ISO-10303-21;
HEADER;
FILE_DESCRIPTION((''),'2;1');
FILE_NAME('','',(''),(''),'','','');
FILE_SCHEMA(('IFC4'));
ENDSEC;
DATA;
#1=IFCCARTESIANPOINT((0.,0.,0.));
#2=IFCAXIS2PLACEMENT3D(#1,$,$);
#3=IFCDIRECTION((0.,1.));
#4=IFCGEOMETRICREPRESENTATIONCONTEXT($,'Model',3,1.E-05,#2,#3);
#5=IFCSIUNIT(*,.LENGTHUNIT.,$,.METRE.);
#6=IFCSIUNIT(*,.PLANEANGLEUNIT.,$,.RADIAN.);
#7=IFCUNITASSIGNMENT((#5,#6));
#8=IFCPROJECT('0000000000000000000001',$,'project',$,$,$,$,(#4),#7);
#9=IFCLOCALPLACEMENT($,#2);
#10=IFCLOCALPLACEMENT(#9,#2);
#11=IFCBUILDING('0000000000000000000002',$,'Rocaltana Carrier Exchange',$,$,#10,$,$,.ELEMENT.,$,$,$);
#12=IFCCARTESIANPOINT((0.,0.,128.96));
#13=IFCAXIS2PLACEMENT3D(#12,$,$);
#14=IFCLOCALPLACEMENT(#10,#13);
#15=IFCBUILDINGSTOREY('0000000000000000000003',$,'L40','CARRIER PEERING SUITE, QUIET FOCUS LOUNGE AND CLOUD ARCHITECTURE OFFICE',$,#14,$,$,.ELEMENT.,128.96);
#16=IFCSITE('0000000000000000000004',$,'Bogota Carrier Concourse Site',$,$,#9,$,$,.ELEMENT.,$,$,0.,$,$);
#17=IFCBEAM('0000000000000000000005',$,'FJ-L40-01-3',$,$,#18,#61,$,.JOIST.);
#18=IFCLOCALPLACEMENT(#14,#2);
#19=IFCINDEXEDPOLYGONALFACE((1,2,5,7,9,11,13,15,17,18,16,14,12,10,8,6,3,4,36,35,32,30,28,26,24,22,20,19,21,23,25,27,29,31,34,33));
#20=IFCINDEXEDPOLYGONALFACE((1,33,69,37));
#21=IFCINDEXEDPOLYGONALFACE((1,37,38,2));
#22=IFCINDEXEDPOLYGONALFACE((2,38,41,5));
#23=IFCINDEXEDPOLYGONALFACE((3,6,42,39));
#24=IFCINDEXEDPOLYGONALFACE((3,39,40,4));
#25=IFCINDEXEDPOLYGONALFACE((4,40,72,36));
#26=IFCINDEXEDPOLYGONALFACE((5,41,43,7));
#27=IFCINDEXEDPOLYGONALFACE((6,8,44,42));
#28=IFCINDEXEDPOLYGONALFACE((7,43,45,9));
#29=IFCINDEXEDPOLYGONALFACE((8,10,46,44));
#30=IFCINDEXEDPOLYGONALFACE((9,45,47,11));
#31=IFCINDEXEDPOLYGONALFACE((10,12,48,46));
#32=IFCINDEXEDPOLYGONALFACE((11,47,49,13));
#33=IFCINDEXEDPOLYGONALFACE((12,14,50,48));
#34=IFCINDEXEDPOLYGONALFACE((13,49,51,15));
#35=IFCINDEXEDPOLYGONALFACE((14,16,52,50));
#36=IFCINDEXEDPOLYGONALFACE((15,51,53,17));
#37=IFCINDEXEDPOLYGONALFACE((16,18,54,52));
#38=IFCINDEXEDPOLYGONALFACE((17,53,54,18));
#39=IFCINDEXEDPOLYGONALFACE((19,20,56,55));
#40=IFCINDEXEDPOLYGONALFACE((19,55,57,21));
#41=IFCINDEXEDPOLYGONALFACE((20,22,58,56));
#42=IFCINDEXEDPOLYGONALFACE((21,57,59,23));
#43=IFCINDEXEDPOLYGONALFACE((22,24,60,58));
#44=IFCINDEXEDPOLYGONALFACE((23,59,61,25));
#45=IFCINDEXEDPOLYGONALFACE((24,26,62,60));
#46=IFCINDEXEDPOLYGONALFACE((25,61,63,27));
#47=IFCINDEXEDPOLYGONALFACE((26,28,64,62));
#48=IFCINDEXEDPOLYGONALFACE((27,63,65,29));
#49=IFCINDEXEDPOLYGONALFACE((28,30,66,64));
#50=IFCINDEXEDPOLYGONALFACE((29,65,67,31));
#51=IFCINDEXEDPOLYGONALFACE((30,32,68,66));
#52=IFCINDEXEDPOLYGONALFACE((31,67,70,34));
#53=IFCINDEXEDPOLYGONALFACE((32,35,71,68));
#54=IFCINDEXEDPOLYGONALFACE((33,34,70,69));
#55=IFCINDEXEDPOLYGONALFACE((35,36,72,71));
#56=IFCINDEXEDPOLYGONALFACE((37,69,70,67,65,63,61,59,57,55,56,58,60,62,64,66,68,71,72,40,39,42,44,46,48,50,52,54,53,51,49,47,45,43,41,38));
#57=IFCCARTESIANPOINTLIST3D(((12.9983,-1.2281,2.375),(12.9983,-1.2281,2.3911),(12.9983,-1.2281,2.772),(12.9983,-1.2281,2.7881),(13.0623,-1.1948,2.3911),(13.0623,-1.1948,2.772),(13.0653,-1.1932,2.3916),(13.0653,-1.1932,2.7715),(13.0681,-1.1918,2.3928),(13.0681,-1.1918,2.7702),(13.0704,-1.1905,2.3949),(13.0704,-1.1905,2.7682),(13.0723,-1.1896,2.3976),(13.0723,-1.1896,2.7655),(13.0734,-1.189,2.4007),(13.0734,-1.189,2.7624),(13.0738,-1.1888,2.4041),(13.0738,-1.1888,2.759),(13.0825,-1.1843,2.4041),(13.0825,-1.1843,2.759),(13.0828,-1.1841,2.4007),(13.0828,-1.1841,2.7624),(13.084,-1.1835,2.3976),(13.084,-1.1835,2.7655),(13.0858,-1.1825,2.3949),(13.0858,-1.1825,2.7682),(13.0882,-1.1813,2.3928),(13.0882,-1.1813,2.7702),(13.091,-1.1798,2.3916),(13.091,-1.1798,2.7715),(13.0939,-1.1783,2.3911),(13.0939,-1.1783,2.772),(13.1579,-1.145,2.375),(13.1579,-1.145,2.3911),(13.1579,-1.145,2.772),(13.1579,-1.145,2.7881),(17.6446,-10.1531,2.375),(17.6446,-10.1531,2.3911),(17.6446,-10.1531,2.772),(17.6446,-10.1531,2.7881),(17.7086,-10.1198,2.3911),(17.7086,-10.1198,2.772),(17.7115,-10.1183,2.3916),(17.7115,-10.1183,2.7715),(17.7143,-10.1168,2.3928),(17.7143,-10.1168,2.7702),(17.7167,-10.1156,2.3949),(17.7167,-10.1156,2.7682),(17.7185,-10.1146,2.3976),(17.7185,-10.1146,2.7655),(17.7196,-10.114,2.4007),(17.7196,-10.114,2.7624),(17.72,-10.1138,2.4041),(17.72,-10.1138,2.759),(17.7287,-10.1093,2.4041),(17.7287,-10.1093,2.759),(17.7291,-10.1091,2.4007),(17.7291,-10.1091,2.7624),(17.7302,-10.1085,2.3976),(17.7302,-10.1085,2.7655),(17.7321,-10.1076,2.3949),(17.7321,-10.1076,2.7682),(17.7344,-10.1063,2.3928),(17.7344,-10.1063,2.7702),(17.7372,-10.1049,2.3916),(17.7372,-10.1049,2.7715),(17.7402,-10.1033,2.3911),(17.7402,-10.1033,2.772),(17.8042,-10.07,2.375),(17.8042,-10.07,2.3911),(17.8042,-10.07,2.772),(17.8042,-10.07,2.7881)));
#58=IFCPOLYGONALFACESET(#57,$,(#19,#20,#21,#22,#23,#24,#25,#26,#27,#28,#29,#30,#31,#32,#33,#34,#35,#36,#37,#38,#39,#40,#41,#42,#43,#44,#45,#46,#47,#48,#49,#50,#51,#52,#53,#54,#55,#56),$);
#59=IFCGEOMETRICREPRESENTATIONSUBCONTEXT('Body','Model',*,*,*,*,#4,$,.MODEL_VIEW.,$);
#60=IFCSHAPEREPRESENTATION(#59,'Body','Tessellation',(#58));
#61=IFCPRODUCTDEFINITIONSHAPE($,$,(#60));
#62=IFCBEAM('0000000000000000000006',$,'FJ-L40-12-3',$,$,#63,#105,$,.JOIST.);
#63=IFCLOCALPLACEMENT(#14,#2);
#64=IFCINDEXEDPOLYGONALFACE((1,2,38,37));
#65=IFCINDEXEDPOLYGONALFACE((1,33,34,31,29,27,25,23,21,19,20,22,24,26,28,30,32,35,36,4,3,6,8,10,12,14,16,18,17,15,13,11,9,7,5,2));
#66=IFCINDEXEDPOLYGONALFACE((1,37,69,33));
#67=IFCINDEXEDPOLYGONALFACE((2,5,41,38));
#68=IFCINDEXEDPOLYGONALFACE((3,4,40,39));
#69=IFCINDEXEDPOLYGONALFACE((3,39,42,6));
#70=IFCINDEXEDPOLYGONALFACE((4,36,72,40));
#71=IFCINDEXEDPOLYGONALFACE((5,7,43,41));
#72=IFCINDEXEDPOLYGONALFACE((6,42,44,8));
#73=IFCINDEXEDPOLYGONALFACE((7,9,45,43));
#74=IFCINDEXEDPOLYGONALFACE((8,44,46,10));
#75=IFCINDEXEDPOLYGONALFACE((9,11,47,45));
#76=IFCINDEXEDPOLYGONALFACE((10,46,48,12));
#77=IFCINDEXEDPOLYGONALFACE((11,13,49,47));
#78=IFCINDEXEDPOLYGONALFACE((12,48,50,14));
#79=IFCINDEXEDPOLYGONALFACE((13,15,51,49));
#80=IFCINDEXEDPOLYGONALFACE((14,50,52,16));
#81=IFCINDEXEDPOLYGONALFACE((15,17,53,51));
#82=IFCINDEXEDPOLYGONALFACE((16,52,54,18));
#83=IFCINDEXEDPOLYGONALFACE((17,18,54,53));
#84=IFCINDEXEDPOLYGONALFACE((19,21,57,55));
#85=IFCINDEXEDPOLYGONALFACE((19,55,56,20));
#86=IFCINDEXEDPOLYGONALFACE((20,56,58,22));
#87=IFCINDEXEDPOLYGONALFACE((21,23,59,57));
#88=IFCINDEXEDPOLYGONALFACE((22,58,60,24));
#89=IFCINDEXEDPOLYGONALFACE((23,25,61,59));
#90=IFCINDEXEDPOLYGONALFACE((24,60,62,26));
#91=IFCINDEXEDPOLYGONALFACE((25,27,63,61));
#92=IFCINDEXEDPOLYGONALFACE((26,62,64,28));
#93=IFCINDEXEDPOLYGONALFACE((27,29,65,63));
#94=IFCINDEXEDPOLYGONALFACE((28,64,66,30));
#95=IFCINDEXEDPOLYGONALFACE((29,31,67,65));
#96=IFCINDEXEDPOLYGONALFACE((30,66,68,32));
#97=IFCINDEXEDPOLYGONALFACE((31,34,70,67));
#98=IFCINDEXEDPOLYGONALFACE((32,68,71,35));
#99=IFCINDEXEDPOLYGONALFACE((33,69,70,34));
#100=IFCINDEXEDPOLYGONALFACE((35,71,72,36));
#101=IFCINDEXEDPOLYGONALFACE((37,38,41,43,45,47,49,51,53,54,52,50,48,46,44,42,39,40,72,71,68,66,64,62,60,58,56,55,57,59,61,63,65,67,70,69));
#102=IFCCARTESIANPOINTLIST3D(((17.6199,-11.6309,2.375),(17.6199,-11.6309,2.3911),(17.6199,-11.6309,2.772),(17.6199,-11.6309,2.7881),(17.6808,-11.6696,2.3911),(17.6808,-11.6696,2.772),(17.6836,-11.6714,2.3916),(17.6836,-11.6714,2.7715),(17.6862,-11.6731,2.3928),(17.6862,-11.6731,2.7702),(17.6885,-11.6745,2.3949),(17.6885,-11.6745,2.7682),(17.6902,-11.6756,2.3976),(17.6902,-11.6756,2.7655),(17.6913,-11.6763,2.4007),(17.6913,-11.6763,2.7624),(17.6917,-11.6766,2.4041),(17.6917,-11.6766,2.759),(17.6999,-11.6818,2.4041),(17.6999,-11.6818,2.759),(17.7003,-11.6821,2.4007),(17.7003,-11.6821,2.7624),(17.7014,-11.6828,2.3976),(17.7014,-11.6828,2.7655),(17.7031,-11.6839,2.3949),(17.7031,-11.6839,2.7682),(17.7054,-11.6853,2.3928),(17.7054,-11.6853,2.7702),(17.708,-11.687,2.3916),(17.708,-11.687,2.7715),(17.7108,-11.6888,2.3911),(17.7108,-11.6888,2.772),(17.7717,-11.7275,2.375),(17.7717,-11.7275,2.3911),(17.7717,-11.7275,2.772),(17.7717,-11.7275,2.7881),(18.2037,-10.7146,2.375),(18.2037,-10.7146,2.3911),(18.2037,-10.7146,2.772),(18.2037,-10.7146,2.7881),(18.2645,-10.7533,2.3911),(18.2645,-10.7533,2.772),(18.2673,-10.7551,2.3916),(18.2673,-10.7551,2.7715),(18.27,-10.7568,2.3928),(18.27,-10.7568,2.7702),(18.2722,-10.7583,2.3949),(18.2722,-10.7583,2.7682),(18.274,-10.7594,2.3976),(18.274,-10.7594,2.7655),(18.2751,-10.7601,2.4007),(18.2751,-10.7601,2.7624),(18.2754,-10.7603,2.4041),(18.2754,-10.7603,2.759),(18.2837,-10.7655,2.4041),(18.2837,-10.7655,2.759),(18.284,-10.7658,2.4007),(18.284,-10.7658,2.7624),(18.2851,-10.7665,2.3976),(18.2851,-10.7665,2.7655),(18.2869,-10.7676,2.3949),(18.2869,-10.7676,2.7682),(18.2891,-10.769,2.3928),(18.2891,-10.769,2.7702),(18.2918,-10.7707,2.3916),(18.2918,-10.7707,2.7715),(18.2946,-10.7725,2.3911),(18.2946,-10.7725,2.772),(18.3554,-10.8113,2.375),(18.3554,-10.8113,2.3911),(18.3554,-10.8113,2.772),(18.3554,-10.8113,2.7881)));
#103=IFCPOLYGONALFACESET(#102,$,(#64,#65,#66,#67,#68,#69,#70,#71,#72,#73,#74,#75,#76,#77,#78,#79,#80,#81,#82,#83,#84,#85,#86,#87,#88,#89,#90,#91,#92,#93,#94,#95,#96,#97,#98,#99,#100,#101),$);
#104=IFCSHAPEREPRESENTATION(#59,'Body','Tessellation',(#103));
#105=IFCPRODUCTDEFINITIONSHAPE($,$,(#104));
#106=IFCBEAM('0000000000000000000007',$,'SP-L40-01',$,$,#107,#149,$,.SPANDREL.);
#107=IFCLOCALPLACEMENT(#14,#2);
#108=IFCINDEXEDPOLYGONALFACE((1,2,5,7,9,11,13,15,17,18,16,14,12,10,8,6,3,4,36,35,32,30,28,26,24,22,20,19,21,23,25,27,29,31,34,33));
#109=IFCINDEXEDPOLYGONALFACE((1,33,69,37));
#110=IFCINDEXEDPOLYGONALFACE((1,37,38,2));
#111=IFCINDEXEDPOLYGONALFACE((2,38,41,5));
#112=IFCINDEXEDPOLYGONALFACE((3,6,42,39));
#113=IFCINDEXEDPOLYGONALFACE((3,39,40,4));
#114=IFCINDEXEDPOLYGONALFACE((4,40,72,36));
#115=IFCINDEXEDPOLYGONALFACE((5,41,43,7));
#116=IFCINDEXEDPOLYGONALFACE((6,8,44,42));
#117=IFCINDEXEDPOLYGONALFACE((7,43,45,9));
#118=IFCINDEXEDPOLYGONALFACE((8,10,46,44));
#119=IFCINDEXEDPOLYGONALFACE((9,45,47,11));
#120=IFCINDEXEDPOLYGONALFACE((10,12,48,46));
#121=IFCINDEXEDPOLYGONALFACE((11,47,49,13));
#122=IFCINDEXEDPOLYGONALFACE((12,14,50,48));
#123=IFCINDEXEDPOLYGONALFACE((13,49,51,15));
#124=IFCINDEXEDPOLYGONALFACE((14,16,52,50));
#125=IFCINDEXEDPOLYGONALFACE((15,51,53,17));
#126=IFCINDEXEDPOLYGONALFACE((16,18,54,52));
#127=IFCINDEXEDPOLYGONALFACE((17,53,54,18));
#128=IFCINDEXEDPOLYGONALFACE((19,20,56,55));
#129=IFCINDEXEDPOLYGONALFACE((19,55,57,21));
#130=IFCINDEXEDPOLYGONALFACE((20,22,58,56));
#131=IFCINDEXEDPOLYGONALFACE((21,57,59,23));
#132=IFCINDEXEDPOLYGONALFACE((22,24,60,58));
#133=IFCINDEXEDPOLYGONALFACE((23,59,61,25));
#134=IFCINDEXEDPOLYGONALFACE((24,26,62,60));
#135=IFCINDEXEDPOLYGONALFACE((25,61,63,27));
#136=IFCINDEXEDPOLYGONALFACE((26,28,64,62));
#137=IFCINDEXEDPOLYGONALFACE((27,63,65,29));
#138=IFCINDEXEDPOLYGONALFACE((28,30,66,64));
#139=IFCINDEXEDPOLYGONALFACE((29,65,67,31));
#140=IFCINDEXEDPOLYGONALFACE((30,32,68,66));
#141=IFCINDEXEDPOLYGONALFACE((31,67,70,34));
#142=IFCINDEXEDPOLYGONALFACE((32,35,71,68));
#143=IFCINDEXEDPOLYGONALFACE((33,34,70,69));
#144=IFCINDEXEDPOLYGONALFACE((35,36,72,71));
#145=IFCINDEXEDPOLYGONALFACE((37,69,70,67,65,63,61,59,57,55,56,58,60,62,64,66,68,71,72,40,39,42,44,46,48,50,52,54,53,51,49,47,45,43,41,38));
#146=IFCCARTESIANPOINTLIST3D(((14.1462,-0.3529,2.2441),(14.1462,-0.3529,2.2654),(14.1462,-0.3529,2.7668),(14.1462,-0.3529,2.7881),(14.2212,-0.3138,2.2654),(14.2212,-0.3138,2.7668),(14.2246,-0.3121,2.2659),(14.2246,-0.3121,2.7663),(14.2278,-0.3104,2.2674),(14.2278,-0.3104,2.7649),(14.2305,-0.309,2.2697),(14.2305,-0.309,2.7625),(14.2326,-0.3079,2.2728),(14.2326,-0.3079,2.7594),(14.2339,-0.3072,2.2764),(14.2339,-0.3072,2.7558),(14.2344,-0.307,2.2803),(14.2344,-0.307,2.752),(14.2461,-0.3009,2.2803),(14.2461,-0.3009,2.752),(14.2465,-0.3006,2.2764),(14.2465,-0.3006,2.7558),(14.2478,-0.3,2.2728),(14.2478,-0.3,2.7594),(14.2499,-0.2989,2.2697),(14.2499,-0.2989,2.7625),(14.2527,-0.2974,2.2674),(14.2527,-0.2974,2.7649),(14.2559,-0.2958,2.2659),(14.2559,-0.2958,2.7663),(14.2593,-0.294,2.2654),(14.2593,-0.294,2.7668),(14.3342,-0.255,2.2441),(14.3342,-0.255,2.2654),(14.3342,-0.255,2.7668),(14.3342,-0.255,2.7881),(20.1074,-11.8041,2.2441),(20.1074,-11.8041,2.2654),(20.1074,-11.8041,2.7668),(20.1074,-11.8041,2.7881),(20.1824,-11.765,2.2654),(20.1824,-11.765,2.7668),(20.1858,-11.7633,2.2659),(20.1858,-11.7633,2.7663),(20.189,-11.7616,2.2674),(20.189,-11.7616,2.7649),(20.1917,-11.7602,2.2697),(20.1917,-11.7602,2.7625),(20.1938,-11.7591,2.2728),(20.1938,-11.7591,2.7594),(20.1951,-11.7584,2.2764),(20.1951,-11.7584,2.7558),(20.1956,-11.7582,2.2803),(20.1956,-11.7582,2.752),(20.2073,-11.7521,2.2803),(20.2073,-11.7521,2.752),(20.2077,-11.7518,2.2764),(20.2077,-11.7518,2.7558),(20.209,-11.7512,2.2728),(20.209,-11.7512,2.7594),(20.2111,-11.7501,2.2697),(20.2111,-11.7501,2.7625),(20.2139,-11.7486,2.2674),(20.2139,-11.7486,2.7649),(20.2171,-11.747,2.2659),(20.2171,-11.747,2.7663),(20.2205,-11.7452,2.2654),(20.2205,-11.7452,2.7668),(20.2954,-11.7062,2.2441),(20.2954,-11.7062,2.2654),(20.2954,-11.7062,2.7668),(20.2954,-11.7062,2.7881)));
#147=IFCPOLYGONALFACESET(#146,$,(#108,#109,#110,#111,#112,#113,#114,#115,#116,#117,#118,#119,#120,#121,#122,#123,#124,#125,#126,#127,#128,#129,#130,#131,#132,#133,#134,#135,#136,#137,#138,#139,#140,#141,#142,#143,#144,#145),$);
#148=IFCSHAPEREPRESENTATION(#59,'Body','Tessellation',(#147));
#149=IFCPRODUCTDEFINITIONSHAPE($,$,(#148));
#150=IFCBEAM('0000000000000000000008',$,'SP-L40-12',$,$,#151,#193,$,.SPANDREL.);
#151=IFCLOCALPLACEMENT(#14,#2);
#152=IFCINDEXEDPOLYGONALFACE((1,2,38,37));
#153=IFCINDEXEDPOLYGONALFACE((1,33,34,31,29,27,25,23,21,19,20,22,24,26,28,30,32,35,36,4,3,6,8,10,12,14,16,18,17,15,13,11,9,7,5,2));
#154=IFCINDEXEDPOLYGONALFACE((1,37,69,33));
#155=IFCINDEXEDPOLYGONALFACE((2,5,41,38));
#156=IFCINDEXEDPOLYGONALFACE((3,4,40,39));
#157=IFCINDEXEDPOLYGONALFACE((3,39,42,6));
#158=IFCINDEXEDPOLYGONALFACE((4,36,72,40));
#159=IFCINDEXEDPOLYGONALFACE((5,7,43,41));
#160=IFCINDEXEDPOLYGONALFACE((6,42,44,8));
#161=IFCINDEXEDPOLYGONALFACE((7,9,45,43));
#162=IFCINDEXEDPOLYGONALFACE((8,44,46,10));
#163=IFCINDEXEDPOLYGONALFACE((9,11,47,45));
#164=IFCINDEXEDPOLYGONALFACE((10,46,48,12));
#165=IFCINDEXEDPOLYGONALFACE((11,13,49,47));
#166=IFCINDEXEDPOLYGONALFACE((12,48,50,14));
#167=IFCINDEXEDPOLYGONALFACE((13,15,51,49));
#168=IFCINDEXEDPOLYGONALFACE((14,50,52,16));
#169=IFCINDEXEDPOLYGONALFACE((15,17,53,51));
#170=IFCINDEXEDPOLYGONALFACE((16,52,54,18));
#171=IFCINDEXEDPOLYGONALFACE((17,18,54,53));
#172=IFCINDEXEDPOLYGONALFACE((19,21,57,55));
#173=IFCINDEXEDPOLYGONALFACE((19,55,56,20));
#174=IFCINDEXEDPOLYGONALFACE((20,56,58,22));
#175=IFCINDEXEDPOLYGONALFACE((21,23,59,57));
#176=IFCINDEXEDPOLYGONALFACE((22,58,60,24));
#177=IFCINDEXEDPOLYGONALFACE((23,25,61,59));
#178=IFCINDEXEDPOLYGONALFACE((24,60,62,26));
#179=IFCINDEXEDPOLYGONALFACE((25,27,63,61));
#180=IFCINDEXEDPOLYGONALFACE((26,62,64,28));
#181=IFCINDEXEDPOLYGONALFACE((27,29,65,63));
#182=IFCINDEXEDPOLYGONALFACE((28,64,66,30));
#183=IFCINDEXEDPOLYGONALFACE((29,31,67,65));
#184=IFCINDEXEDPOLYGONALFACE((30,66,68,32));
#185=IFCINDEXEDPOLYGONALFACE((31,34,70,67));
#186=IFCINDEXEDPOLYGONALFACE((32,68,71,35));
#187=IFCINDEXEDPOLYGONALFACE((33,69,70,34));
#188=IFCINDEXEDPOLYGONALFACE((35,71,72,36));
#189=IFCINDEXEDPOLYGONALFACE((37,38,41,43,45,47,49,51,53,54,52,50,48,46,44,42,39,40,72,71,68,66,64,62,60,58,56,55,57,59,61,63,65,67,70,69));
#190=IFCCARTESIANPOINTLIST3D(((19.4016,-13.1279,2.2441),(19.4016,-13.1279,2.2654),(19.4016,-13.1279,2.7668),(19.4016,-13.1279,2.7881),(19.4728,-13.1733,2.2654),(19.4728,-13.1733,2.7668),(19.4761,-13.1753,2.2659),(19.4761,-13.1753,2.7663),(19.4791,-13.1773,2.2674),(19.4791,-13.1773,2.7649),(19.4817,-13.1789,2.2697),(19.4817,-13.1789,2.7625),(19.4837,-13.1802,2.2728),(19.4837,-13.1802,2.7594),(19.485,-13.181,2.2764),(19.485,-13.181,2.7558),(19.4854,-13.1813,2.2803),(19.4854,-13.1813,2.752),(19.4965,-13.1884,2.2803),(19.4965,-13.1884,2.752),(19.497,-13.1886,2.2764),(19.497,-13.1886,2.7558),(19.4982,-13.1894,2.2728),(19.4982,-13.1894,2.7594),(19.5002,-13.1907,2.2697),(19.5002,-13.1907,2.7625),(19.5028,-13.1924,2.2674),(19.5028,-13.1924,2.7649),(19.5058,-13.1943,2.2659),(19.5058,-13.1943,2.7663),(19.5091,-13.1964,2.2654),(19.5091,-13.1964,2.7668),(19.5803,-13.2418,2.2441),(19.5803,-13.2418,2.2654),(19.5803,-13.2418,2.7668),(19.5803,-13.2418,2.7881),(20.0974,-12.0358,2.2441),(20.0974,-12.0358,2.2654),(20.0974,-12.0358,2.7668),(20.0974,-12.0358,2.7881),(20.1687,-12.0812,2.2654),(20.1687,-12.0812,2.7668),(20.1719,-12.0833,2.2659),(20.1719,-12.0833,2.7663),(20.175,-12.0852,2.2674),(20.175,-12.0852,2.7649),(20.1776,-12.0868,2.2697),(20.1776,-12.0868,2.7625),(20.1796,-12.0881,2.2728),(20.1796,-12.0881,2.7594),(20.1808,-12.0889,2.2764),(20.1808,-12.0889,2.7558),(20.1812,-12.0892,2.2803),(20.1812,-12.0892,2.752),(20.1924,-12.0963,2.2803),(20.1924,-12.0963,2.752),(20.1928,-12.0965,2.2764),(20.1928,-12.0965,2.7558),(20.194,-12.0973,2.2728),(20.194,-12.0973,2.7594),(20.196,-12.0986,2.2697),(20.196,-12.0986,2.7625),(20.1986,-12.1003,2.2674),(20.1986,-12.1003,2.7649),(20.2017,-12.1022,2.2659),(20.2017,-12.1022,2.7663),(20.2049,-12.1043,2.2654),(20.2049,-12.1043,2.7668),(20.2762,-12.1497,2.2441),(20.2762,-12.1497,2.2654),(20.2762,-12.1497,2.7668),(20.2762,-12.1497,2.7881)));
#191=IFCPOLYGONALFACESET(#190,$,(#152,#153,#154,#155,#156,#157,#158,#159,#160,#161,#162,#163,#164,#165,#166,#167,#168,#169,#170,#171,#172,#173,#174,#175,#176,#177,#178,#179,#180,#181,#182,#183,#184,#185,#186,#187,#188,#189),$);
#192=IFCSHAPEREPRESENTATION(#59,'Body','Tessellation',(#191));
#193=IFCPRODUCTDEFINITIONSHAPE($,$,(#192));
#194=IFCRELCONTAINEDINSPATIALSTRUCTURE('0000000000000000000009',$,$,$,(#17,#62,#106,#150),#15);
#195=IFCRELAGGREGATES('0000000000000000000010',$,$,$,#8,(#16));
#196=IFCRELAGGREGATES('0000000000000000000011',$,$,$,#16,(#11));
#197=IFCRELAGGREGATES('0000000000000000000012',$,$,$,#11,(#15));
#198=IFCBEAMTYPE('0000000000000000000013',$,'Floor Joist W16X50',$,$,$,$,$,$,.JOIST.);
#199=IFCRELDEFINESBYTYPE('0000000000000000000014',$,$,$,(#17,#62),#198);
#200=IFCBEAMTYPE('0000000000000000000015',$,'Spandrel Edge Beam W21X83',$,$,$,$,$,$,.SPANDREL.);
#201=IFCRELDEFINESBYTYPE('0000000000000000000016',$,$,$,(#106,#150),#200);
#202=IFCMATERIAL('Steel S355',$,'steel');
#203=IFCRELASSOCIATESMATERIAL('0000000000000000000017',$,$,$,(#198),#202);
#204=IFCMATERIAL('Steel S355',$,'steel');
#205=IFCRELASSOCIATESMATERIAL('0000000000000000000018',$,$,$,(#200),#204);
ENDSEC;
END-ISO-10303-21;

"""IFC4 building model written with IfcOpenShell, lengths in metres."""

from ifc_helpers import new_model, si_unit, direction, frame, origin, origin_2d, place, context, subcontext, project, spatial, i_section, extrude, material, material_profile, profile_set, type_object, element, save


model = new_model("IFC4")

# Units and contexts
model_context = context("Model", 3, precision=1e-05, world=origin(), true_north=direction((0.0, 1.0)))
body_context = subcontext(model_context, "Body", "Model", "MODEL_VIEW")
ifc_project = project(units=[si_unit("LENGTHUNIT", "METRE"), si_unit("PLANEANGLEUNIT", "RADIAN")], contexts=[model_context])

# Site, building, storey
site_placement = place(None, origin())
site = spatial("IfcSite", under=ifc_project, at=site_placement, Name="Bogota Carrier Concourse Site", CompositionType="ELEMENT", RefElevation=0.0)
building_placement = place(site_placement, origin())
building = spatial("IfcBuilding", under=site, at=building_placement, Name="Rocaltana Carrier Exchange", CompositionType="ELEMENT")
storey_placement = place(building_placement, frame((0.0, 0.0, 128.96)))
storey = spatial("IfcBuildingStorey", under=building, at=storey_placement, Name="L40", Description="CARRIER PEERING SUITE, QUIET FOCUS LOUNGE AND CLOUD ARCHITECTURE OFFICE", CompositionType="ELEMENT", Elevation=128.96)

# Beams
ifc_material_1 = material(Name="Steel S355", Category="steel")
ifc_material_profile_1 = material_profile(ifc_material_1, i_section(OverallWidth=0.1799, OverallDepth=0.4131, WebThickness=0.0098, FlangeThickness=0.0161, FilletRadius=0.0129, at=origin_2d()), Name="W16X50")
ifc_profile_set_1 = profile_set([ifc_material_profile_1], Name="Steel S355")
beam_type_1 = type_object("IfcBeamType", Name="Floor Joist W16X50", PredefinedType="JOIST", material=ifc_profile_set_1)
beam_1_placement = place(storey_placement, frame((17.7244, -10.1116, 2.5815), z_axis=(-0.461761, 0.887005, 0.0), x_axis=(-0.887005, -0.461761, 0.0)))
element("IfcBeam", 1, at=beam_1_placement, inside=storey, type_object=beam_type_1, Name="FJ-L40-01-3", PredefinedType="JOIST", context=body_context, shape_type="SweptSolid", body=[
    extrude(i_section(OverallWidth=0.1799, OverallDepth=0.4131, WebThickness=0.0098, FlangeThickness=0.0161, FilletRadius=0.0129, at=origin_2d()), origin(), (0.0, 0.0, 1.0), 10.062),
])
beam_2_placement = place(storey_placement, frame((17.6958, -11.6792, 2.5815), z_axis=(0.537312, 0.843384, 0.0), x_axis=(-0.843384, 0.537312, 0.0)))
element("IfcBeam", 2, at=beam_2_placement, inside=storey, type_object=beam_type_1, Name="FJ-L40-12-3", PredefinedType="JOIST", context=body_context, shape_type="SweptSolid", body=[
    extrude(i_section(OverallWidth=0.1799, OverallDepth=0.4131, WebThickness=0.0098, FlangeThickness=0.0161, FilletRadius=0.0129, at=origin_2d()), origin(), (0.0, 0.0, 1.0), 1.0864),
])
ifc_material_2 = material(Name="Steel S355", Category="steel")
ifc_material_profile_2 = material_profile(ifc_material_2, i_section(OverallWidth=0.2119, OverallDepth=0.5439, WebThickness=0.0132, FlangeThickness=0.0212, FilletRadius=0.0149, at=origin_2d()), Name="W21X83")
ifc_profile_set_2 = profile_set([ifc_material_profile_2], Name="Steel S355")
beam_type_2 = type_object("IfcBeamType", Name="Spandrel Edge Beam W21X83", PredefinedType="SPANDREL", material=ifc_profile_set_2)
beam_3_placement = place(storey_placement, frame((20.2014, -11.7551, 2.5161), z_axis=(-0.461753, 0.887008, 0.0), x_axis=(-0.887008, -0.461753, 0.0)))
element("IfcBeam", 3, at=beam_3_placement, inside=storey, type_object=beam_type_2, Name="SP-L40-01", PredefinedType="SPANDREL", context=body_context, shape_type="SweptSolid", body=[
    extrude(i_section(OverallWidth=0.2119, OverallDepth=0.5439, WebThickness=0.0132, FlangeThickness=0.0212, FilletRadius=0.0149, at=origin_2d()), origin(), (0.0, 0.0, 1.0), 12.9099),
])
beam_4_placement = place(storey_placement, frame((19.491, -13.1848, 2.5161), z_axis=(0.537351, 0.843359, 0.0), x_axis=(-0.843359, 0.537351, 0.0)))
element("IfcBeam", 4, at=beam_4_placement, inside=storey, type_object=beam_type_2, Name="SP-L40-12", PredefinedType="SPANDREL", context=body_context, shape_type="SweptSolid", body=[
    extrude(i_section(OverallWidth=0.2119, OverallDepth=0.5439, WebThickness=0.0132, FlangeThickness=0.0212, FilletRadius=0.0149, at=origin_2d()), origin(), (0.0, 0.0, 1.0), 1.2949),
])

save(model, "model.ifc")
